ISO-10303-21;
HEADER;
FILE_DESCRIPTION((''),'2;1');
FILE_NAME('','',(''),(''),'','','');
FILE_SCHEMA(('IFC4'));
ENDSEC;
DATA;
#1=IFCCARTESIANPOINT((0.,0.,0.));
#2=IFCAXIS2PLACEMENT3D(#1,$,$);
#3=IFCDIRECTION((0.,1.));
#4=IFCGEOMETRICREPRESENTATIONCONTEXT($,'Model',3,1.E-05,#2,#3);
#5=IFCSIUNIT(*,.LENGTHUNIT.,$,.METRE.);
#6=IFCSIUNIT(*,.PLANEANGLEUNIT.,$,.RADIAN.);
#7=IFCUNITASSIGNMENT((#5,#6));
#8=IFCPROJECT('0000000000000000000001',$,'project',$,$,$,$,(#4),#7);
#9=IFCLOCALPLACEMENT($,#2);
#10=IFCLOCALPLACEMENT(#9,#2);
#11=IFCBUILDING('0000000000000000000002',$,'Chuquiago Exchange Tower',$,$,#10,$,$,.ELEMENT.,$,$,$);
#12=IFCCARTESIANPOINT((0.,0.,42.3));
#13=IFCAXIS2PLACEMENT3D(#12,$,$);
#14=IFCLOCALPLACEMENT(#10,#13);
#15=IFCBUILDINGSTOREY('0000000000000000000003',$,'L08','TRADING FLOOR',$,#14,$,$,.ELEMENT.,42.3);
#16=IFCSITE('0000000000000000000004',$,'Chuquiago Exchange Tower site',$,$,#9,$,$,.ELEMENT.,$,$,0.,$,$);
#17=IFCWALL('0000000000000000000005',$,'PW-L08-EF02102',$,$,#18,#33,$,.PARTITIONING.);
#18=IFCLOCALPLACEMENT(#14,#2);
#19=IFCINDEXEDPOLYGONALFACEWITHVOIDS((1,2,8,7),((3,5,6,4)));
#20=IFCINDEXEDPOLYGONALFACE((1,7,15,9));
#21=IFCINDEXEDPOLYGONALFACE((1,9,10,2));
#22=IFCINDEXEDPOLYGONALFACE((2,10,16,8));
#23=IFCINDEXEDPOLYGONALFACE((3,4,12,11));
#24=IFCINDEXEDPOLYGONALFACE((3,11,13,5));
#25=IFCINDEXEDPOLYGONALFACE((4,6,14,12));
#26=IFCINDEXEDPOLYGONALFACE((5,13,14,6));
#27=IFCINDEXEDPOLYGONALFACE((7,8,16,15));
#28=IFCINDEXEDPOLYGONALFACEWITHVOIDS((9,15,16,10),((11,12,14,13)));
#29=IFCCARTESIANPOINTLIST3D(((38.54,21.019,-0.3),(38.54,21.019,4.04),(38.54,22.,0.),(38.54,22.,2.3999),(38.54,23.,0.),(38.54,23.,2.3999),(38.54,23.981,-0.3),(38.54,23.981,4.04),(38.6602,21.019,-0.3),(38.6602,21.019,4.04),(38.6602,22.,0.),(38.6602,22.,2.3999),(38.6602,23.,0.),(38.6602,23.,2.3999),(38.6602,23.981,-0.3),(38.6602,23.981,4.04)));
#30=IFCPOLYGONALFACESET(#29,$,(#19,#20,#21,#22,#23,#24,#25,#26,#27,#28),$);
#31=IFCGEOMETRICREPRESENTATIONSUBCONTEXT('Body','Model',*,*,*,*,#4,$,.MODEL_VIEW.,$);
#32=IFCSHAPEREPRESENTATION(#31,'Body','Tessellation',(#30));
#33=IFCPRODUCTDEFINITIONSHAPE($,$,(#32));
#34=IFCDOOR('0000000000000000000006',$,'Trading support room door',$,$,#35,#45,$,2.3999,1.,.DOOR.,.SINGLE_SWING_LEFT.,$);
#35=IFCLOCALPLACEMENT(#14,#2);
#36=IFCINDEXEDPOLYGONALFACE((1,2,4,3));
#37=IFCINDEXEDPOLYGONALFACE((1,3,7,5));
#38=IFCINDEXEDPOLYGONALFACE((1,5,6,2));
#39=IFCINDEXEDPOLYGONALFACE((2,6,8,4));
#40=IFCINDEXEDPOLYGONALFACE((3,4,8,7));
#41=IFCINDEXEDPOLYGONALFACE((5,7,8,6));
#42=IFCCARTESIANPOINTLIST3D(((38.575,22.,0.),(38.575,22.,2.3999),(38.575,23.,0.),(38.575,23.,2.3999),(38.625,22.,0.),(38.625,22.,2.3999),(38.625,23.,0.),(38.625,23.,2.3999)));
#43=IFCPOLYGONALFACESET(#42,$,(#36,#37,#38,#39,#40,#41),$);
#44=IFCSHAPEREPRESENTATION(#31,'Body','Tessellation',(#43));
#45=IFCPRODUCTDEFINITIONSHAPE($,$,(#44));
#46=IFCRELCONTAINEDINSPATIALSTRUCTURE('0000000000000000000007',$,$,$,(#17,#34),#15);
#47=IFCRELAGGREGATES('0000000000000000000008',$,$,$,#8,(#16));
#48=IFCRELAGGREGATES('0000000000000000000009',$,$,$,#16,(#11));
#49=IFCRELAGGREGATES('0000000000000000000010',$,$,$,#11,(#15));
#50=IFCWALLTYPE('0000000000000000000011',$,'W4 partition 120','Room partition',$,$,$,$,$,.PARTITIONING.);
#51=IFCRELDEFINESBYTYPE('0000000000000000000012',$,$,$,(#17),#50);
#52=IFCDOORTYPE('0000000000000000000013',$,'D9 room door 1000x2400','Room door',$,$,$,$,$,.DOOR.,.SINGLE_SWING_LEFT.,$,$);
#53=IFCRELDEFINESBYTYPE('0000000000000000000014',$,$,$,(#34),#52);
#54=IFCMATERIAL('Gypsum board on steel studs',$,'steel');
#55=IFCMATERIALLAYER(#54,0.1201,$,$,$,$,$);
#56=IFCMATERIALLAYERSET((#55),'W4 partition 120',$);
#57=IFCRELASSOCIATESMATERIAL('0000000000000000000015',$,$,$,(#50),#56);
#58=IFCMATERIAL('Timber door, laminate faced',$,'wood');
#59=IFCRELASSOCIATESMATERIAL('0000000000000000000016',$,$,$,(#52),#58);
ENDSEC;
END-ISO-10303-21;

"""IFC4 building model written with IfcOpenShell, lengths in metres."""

from ifc_helpers import new_model, si_unit, direction, frame, frame_2d, origin, place, context, subcontext, project, spatial, rectangle, extrude, material, layer, layer_set, type_object, element, fill, save


model = new_model("IFC4")

# Units and contexts
model_context = context("Model", 3, precision=1e-05, world=origin(), true_north=direction((0.0, 1.0)))
body_context = subcontext(model_context, "Body", "Model", "MODEL_VIEW")
ifc_project = project(units=[si_unit("LENGTHUNIT", "METRE"), si_unit("PLANEANGLEUNIT", "RADIAN")], contexts=[model_context])

# Site, building, storey
site_placement = place(None, origin())
site = spatial("IfcSite", under=ifc_project, at=site_placement, Name="Chuquiago Exchange Tower site", CompositionType="ELEMENT", RefElevation=0.0)
building_placement = place(site_placement, origin())
building = spatial("IfcBuilding", under=site, at=building_placement, Name="Chuquiago Exchange Tower", CompositionType="ELEMENT")
storey_placement = place(building_placement, frame((0.0, 0.0, 42.3)))
storey = spatial("IfcBuildingStorey", under=building, at=storey_placement, Name="L08", Description="TRADING FLOOR", CompositionType="ELEMENT", Elevation=42.3)

# Shared definitions
ifc_material_1 = material(Name="Gypsum board on steel studs", Category="steel")
ifc_layer_1 = layer(ifc_material_1, 0.1201)
ifc_layer_set_1 = layer_set([ifc_layer_1], Name="W4 partition 120")
wall_type_1 = type_object("IfcWallType", Name="W4 partition 120", Description="Room partition", PredefinedType="PARTITIONING", material=ifc_layer_set_1)

# Wall, opening, door
ifc_material_2 = material(Name="Timber door, laminate faced", Category="wood")
door_type = type_object("IfcDoorType", Name="D9 room door 1000x2400", Description="Room door", OperationType="SINGLE_SWING_LEFT", PredefinedType="DOOR", material=ifc_material_2)
wall_1_placement = place(storey_placement, frame((38.6001, 21.019, -0.3), z_axis=(0.0, 0.0, 1.0), x_axis=(0.0, 1.0, 0.0)))
wall_1 = element("IfcWall", 1, at=wall_1_placement, inside=storey, type_object=wall_type_1, Name="PW-L08-EF02102", PredefinedType="PARTITIONING", context=body_context, shape_type="SweptSolid", body=[
    extrude(rectangle(XDim=2.9619, YDim=0.1201, at=frame_2d((1.481, 0.0))), origin(), (0.0, 0.0, 1.0), 4.3401),
])
opening_1_placement = place(wall_1_placement, frame((0.981, 0.0, 0.3)))
opening_1 = element("IfcOpeningElement", 2, at=opening_1_placement, cuts=wall_1, PredefinedType="OPENING", context=body_context, shape_type="SweptSolid", body=[
    extrude(rectangle(XDim=1.0, YDim=2.3999, at=frame_2d((0.5, 1.2))), frame((0.0, 0.0701, 0.0), z_axis=(0.0, -1.0, 0.0), x_axis=(1.0, 0.0, 0.0)), (0.0, 0.0, 1.0), 0.1401),
])
door_1_placement = place(opening_1_placement, frame((1.0, 0.0, 0.0), z_axis=(0.0, 0.0, 1.0), x_axis=(-1.0, 0.0, 0.0)))
door_1 = element("IfcDoor", 3, at=door_1_placement, inside=storey, type_object=door_type, Name="Trading support room door", OperationType="SINGLE_SWING_LEFT", OverallHeight=2.3999, OverallWidth=1.0, PredefinedType="DOOR", context=body_context, shape_type="SweptSolid", body=[
    extrude(rectangle(XDim=1.0, YDim=2.3999, at=frame_2d((0.5, 1.2))), frame((0.0, 0.0249, 0.0), z_axis=(0.0, -1.0, 0.0), x_axis=(1.0, 0.0, 0.0)), (0.0, 0.0, 1.0), 0.05),
])
fill(opening_1, door_1)

save(model, "model.ifc")
